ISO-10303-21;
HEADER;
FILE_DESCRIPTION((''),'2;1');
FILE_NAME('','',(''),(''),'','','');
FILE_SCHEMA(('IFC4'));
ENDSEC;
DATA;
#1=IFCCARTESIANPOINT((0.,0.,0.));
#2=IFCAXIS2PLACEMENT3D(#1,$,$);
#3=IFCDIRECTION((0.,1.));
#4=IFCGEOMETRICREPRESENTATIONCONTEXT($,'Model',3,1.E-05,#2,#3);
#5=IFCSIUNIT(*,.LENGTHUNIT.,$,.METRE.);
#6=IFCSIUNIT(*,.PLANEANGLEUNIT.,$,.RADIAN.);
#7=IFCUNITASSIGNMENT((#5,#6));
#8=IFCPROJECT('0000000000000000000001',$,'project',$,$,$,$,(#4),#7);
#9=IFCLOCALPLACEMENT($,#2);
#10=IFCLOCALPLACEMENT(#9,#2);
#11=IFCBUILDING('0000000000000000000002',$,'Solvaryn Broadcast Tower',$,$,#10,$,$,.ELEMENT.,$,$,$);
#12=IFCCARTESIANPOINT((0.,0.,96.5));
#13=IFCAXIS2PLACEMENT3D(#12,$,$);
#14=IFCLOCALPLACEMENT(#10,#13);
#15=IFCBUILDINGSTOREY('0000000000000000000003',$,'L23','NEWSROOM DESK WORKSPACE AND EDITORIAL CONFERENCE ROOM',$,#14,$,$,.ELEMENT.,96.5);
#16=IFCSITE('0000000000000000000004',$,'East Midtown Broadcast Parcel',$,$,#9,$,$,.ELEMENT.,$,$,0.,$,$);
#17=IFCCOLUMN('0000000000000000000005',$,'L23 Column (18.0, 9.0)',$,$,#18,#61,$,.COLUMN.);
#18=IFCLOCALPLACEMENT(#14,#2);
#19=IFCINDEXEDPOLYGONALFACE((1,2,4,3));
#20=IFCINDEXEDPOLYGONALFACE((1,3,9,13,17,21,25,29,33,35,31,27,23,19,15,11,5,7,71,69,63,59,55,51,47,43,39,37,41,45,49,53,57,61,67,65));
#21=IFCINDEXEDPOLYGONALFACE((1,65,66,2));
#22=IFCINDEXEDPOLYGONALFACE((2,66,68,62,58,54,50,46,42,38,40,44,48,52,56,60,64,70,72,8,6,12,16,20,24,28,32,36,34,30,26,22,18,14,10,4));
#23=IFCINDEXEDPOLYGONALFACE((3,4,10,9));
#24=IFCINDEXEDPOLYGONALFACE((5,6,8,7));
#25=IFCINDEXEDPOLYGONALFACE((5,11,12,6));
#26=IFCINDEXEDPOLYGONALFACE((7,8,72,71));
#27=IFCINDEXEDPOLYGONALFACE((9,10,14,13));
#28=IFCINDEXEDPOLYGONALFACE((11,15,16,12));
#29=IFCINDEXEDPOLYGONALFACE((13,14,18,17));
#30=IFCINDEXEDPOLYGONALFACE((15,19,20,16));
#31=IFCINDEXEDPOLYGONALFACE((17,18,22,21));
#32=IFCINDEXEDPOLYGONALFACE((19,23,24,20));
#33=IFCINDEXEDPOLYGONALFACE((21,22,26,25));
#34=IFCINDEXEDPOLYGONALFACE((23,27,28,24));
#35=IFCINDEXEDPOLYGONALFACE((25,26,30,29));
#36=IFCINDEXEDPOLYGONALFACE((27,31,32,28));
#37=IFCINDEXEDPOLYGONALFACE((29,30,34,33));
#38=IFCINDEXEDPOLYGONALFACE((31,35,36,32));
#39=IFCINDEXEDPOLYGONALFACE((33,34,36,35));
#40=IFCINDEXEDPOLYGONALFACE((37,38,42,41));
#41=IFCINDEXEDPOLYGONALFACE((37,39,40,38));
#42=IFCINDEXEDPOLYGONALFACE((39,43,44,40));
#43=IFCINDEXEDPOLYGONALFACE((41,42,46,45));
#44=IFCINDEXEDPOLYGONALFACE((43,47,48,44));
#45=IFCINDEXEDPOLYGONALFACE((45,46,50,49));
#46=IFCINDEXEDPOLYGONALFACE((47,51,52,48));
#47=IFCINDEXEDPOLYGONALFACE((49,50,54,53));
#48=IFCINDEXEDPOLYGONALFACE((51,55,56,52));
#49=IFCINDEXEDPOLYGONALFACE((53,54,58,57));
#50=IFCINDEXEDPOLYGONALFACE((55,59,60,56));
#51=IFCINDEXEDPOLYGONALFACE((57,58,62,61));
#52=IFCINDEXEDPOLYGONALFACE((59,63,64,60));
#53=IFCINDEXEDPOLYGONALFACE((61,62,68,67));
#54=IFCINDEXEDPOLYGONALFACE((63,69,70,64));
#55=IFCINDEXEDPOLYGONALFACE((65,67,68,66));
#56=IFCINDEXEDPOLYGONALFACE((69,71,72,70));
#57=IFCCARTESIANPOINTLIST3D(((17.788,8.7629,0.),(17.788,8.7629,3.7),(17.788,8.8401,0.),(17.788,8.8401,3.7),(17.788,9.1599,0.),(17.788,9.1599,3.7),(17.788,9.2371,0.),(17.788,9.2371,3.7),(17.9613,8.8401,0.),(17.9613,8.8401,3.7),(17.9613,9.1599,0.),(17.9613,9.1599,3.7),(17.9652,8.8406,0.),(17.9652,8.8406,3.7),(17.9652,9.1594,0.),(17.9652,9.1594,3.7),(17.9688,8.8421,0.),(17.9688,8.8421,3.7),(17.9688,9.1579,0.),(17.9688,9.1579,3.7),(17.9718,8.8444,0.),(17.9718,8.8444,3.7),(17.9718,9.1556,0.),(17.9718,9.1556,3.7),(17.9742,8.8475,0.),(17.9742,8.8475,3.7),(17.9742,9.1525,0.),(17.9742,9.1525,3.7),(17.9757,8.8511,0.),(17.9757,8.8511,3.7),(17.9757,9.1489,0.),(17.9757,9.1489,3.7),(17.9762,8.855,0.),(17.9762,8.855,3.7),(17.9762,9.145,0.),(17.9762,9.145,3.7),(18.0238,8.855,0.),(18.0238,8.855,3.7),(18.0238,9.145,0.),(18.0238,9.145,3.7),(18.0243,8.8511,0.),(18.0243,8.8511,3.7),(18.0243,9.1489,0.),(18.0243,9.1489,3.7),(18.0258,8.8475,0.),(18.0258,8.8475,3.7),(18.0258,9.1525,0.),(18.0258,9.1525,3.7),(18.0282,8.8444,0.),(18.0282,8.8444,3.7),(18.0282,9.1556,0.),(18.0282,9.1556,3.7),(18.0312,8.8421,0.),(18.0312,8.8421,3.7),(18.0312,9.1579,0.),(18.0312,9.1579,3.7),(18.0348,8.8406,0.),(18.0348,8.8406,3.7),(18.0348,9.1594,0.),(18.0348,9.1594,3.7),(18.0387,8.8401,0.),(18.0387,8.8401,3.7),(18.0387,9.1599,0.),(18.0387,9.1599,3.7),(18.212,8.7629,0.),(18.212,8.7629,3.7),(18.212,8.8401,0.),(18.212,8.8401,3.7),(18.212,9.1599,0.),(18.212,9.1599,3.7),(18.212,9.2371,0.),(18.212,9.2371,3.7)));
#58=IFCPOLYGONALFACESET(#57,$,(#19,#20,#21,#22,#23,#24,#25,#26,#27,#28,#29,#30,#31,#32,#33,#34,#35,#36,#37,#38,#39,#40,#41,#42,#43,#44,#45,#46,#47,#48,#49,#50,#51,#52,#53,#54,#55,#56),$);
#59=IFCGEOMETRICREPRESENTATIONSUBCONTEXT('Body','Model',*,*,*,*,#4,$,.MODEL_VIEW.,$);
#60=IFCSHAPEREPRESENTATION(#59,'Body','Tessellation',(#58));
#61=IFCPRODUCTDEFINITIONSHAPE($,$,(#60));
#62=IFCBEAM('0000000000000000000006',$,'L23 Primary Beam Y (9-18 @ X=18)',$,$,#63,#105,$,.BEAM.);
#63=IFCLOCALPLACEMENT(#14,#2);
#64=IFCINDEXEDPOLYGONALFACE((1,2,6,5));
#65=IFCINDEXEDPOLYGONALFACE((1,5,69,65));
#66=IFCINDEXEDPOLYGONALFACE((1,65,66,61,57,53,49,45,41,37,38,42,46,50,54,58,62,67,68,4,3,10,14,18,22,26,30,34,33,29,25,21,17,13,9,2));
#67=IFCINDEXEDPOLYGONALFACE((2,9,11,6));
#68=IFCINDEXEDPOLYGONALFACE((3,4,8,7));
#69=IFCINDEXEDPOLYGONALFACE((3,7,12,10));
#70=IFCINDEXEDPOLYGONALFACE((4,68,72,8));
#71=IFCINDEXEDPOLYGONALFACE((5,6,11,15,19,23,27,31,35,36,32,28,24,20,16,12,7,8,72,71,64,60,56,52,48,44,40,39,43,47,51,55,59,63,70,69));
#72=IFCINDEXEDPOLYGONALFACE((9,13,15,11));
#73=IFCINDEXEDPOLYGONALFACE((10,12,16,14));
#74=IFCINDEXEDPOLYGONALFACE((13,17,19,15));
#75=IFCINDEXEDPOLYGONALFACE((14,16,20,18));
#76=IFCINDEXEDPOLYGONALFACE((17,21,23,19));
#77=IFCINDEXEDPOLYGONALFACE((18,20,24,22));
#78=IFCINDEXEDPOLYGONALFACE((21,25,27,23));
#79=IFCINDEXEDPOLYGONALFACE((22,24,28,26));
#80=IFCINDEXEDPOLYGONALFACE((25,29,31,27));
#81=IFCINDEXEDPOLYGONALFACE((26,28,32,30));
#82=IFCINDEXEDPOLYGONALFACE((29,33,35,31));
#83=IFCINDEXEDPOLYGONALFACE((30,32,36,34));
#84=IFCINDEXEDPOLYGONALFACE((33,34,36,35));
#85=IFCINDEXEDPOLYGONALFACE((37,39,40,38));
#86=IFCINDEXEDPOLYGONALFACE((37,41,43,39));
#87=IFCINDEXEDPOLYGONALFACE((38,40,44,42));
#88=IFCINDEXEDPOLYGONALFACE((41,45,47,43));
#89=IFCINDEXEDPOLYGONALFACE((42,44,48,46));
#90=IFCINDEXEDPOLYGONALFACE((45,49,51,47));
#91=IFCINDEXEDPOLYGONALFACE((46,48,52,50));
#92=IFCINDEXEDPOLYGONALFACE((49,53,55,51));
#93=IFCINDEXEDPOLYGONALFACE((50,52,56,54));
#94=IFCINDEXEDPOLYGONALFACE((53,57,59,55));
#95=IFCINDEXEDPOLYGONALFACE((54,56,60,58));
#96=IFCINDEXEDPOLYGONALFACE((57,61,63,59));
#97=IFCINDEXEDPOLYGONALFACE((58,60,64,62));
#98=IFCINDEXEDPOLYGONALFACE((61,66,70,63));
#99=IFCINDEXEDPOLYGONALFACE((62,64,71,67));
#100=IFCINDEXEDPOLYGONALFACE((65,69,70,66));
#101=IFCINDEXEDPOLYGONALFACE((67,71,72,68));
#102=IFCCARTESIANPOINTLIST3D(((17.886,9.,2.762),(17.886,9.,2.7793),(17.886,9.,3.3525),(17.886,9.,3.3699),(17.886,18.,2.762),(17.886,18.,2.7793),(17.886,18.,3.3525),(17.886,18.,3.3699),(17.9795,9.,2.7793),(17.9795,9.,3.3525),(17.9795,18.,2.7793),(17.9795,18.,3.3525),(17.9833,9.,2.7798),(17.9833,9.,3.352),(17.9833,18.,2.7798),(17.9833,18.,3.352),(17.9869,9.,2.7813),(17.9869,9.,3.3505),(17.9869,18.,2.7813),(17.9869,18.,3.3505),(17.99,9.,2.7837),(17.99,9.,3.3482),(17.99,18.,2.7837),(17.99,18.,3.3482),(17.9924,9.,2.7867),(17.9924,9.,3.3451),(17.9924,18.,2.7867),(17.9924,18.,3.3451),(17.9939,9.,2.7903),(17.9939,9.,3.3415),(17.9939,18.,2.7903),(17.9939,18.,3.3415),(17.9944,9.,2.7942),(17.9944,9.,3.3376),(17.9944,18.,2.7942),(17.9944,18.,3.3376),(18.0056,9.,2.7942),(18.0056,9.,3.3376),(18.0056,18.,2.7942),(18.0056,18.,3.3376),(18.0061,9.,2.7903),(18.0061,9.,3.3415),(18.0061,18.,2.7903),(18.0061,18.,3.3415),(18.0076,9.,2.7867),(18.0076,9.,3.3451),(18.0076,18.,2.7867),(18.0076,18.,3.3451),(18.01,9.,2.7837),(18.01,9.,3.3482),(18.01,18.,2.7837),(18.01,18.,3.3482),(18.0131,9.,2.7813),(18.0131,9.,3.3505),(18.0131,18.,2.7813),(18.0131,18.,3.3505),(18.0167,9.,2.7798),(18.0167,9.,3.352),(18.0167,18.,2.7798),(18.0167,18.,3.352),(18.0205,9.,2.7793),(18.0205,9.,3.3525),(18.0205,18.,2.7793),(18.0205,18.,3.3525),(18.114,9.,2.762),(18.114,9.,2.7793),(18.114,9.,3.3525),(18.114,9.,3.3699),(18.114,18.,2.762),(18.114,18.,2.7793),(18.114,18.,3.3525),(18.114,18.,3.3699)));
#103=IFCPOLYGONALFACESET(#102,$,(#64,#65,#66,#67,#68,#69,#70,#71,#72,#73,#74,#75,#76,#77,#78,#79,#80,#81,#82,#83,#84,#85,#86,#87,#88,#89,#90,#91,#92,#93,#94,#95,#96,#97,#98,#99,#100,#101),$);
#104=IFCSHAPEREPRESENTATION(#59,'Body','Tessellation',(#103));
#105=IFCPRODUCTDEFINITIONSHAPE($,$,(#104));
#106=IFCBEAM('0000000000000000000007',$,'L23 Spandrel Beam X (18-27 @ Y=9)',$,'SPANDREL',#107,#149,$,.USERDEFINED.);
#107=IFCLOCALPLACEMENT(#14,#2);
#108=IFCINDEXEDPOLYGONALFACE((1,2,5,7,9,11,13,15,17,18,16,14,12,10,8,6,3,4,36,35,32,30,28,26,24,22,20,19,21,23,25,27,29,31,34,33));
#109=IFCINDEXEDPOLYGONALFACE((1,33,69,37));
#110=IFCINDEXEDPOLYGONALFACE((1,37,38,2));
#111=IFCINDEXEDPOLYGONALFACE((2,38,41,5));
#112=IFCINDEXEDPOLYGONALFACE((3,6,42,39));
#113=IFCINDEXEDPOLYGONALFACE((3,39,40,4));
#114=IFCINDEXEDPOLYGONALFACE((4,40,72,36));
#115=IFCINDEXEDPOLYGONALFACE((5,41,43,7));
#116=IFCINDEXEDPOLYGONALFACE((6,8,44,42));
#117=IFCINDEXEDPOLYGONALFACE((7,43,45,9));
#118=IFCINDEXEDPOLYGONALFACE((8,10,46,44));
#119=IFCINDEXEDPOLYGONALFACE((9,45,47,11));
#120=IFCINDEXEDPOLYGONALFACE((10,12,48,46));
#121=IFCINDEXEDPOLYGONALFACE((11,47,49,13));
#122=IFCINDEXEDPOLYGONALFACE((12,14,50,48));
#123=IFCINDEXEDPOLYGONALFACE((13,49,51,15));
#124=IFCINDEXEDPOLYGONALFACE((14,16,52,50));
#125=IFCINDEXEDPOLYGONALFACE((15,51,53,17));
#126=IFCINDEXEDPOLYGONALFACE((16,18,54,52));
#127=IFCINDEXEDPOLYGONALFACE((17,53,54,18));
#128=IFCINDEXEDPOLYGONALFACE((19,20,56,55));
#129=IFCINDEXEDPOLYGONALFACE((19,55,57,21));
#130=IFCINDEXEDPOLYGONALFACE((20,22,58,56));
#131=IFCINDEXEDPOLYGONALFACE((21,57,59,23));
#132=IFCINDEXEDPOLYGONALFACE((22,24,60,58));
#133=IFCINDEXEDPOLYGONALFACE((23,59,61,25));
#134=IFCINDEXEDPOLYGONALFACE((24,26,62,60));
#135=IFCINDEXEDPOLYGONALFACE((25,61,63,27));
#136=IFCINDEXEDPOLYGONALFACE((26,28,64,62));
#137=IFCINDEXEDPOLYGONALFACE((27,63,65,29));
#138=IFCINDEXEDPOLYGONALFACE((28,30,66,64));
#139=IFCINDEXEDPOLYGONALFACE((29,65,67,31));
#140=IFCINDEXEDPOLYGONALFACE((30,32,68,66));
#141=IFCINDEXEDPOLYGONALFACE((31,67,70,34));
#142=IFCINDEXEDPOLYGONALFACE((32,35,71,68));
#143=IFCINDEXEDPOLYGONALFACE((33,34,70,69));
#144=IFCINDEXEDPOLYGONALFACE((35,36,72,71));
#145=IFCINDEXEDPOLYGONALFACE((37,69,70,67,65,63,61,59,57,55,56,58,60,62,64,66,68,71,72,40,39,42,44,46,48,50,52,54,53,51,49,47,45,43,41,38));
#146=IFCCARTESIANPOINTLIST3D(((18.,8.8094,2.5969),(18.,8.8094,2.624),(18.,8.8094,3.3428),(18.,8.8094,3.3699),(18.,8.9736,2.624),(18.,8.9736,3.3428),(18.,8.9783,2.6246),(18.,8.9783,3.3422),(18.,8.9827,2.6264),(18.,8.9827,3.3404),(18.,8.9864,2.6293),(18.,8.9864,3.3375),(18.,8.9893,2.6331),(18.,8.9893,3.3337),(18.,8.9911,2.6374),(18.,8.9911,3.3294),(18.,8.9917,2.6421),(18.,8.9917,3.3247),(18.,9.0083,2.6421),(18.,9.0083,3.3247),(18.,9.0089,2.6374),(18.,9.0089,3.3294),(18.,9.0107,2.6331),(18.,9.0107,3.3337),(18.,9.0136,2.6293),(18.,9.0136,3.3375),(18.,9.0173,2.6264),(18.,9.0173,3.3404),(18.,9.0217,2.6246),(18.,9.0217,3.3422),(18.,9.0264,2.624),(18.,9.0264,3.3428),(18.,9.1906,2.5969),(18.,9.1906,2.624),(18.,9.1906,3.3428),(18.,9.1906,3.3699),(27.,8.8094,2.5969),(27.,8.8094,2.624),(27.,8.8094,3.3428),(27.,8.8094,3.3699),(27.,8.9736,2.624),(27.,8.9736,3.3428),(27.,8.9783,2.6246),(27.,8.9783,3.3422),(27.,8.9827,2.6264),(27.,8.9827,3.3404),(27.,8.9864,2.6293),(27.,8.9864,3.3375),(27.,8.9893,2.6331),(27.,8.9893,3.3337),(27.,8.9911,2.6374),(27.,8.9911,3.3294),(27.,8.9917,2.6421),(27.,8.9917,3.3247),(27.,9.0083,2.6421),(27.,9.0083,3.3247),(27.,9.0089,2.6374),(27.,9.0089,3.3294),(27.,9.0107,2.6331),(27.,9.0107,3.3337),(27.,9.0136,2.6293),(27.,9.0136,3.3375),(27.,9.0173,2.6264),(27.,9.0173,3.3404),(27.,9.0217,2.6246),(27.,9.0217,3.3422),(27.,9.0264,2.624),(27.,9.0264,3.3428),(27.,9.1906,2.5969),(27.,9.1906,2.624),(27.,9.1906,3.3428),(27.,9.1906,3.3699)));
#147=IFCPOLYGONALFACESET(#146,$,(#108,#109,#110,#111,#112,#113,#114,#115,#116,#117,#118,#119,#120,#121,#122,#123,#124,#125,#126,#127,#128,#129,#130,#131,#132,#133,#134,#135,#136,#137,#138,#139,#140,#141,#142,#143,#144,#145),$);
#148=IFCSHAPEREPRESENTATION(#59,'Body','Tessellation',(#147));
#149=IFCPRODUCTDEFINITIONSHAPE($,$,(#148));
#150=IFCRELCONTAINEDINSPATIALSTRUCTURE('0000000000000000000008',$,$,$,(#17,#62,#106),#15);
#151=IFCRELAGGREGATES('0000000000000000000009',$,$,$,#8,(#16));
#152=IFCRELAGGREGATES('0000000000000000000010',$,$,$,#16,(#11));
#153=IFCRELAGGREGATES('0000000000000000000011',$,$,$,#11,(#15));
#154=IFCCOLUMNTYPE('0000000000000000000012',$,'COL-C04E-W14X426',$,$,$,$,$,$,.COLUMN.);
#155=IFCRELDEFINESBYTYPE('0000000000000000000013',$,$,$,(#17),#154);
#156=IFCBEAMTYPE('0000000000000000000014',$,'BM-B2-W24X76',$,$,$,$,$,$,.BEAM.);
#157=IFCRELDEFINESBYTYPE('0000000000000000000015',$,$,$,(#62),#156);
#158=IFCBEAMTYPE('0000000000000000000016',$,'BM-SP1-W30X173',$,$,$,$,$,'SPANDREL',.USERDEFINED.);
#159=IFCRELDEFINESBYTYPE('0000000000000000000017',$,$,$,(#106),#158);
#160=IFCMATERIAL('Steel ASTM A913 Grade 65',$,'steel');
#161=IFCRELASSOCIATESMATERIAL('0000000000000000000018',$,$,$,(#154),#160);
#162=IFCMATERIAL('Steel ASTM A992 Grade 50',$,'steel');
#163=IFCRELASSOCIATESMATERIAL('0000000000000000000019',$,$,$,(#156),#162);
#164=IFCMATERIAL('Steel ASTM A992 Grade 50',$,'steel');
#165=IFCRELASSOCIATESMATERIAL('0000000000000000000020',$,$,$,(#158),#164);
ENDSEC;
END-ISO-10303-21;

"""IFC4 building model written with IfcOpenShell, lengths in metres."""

from ifc_helpers import new_model, si_unit, direction, frame, origin, origin_2d, place, context, subcontext, project, spatial, i_section, extrude, material, material_profile, profile_set, type_object, element, save


model = new_model("IFC4")

# Units and contexts
model_context = context("Model", 3, precision=1e-05, world=origin(), true_north=direction((0.0, 1.0)))
body_context = subcontext(model_context, "Body", "Model", "MODEL_VIEW")
ifc_project = project(units=[si_unit("LENGTHUNIT", "METRE"), si_unit("PLANEANGLEUNIT", "RADIAN")], contexts=[model_context])

# Site, building, storey
site_placement = place(None, origin())
site = spatial("IfcSite", under=ifc_project, at=site_placement, Name="East Midtown Broadcast Parcel", CompositionType="ELEMENT", RefElevation=0.0)
building_placement = place(site_placement, origin())
building = spatial("IfcBuilding", under=site, at=building_placement, Name="Solvaryn Broadcast Tower", CompositionType="ELEMENT")
storey_placement = place(building_placement, frame((0.0, 0.0, 96.5)))
storey = spatial("IfcBuildingStorey", under=building, at=storey_placement, Name="L23", Description="NEWSROOM DESK WORKSPACE AND EDITORIAL CONFERENCE ROOM", CompositionType="ELEMENT", Elevation=96.5)

# Column
ifc_material_1 = material(Name="Steel ASTM A913 Grade 65", Category="steel")
ifc_material_profile_1 = material_profile(ifc_material_1, i_section(OverallWidth=0.4241, OverallDepth=0.4741, WebThickness=0.0476, FlangeThickness=0.0771, FilletRadius=0.0149, at=origin_2d()))
ifc_profile_set_1 = profile_set([ifc_material_profile_1], Name="Steel ASTM A913 Grade 65")
column_type = type_object("IfcColumnType", Name="COL-C04E-W14X426", PredefinedType="COLUMN", material=ifc_profile_set_1)
column_placement = place(storey_placement, frame((18.0, 9.0, 0.0), z_axis=(0.0, 0.0, 1.0), x_axis=(1.0, 0.0, 0.0)))
element("IfcColumn", 1, at=column_placement, inside=storey, type_object=column_type, Name="L23 Column (18.0, 9.0)", PredefinedType="COLUMN", context=body_context, shape_type="SweptSolid", body=[
    extrude(i_section(OverallWidth=0.4241, OverallDepth=0.4741, WebThickness=0.0476, FlangeThickness=0.0771, FilletRadius=0.0149, at=origin_2d()), origin(), (0.0, 0.0, 1.0), 3.7),
])

# Beams
ifc_material_2 = material(Name="Steel ASTM A992 Grade 50", Category="steel")
ifc_material_profile_2 = material_profile(ifc_material_2, i_section(OverallWidth=0.228, OverallDepth=0.6079, WebThickness=0.0112, FlangeThickness=0.0173, FilletRadius=0.0149, at=origin_2d()))
ifc_profile_set_2 = profile_set([ifc_material_profile_2], Name="Steel ASTM A992 Grade 50")
beam_type_1 = type_object("IfcBeamType", Name="BM-B2-W24X76", PredefinedType="BEAM", material=ifc_profile_set_2)
beam_1_placement = place(storey_placement, frame((18.0, 9.0, 3.0659), z_axis=(0.0, 1.0, 0.0), x_axis=(-1.0, 0.0, 0.0)))
element("IfcBeam", 2, at=beam_1_placement, inside=storey, type_object=beam_type_1, Name="L23 Primary Beam Y (9-18 @ X=18)", PredefinedType="BEAM", context=body_context, shape_type="SweptSolid", body=[
    extrude(i_section(OverallWidth=0.228, OverallDepth=0.6079, WebThickness=0.0112, FlangeThickness=0.0173, FilletRadius=0.0149, at=origin_2d()), origin(), (0.0, 0.0, 1.0), 9.0),
])
ifc_material_3 = material(Name="Steel ASTM A992 Grade 50", Category="steel")
ifc_material_profile_3 = material_profile(ifc_material_3, i_section(OverallWidth=0.3811, OverallDepth=0.7729, WebThickness=0.0166, FlangeThickness=0.0271, FilletRadius=0.0181, at=origin_2d()))
ifc_profile_set_3 = profile_set([ifc_material_profile_3], Name="Steel ASTM A992 Grade 50")
beam_type_2 = type_object("IfcBeamType", Name="BM-SP1-W30X173", ElementType="SPANDREL", PredefinedType="USERDEFINED", material=ifc_profile_set_3)
beam_2_placement = place(storey_placement, frame((18.0, 9.0, 2.9834), z_axis=(1.0, 0.0, 0.0), x_axis=(0.0, 1.0, 0.0)))
element("IfcBeam", 3, at=beam_2_placement, inside=storey, type_object=beam_type_2, Name="L23 Spandrel Beam X (18-27 @ Y=9)", ObjectType="SPANDREL", PredefinedType="USERDEFINED", context=body_context, shape_type="SweptSolid", body=[
    extrude(i_section(OverallWidth=0.3811, OverallDepth=0.7729, WebThickness=0.0166, FlangeThickness=0.0271, FilletRadius=0.0181, at=origin_2d()), origin(), (0.0, 0.0, 1.0), 9.0),
])

save(model, "model.ifc")
